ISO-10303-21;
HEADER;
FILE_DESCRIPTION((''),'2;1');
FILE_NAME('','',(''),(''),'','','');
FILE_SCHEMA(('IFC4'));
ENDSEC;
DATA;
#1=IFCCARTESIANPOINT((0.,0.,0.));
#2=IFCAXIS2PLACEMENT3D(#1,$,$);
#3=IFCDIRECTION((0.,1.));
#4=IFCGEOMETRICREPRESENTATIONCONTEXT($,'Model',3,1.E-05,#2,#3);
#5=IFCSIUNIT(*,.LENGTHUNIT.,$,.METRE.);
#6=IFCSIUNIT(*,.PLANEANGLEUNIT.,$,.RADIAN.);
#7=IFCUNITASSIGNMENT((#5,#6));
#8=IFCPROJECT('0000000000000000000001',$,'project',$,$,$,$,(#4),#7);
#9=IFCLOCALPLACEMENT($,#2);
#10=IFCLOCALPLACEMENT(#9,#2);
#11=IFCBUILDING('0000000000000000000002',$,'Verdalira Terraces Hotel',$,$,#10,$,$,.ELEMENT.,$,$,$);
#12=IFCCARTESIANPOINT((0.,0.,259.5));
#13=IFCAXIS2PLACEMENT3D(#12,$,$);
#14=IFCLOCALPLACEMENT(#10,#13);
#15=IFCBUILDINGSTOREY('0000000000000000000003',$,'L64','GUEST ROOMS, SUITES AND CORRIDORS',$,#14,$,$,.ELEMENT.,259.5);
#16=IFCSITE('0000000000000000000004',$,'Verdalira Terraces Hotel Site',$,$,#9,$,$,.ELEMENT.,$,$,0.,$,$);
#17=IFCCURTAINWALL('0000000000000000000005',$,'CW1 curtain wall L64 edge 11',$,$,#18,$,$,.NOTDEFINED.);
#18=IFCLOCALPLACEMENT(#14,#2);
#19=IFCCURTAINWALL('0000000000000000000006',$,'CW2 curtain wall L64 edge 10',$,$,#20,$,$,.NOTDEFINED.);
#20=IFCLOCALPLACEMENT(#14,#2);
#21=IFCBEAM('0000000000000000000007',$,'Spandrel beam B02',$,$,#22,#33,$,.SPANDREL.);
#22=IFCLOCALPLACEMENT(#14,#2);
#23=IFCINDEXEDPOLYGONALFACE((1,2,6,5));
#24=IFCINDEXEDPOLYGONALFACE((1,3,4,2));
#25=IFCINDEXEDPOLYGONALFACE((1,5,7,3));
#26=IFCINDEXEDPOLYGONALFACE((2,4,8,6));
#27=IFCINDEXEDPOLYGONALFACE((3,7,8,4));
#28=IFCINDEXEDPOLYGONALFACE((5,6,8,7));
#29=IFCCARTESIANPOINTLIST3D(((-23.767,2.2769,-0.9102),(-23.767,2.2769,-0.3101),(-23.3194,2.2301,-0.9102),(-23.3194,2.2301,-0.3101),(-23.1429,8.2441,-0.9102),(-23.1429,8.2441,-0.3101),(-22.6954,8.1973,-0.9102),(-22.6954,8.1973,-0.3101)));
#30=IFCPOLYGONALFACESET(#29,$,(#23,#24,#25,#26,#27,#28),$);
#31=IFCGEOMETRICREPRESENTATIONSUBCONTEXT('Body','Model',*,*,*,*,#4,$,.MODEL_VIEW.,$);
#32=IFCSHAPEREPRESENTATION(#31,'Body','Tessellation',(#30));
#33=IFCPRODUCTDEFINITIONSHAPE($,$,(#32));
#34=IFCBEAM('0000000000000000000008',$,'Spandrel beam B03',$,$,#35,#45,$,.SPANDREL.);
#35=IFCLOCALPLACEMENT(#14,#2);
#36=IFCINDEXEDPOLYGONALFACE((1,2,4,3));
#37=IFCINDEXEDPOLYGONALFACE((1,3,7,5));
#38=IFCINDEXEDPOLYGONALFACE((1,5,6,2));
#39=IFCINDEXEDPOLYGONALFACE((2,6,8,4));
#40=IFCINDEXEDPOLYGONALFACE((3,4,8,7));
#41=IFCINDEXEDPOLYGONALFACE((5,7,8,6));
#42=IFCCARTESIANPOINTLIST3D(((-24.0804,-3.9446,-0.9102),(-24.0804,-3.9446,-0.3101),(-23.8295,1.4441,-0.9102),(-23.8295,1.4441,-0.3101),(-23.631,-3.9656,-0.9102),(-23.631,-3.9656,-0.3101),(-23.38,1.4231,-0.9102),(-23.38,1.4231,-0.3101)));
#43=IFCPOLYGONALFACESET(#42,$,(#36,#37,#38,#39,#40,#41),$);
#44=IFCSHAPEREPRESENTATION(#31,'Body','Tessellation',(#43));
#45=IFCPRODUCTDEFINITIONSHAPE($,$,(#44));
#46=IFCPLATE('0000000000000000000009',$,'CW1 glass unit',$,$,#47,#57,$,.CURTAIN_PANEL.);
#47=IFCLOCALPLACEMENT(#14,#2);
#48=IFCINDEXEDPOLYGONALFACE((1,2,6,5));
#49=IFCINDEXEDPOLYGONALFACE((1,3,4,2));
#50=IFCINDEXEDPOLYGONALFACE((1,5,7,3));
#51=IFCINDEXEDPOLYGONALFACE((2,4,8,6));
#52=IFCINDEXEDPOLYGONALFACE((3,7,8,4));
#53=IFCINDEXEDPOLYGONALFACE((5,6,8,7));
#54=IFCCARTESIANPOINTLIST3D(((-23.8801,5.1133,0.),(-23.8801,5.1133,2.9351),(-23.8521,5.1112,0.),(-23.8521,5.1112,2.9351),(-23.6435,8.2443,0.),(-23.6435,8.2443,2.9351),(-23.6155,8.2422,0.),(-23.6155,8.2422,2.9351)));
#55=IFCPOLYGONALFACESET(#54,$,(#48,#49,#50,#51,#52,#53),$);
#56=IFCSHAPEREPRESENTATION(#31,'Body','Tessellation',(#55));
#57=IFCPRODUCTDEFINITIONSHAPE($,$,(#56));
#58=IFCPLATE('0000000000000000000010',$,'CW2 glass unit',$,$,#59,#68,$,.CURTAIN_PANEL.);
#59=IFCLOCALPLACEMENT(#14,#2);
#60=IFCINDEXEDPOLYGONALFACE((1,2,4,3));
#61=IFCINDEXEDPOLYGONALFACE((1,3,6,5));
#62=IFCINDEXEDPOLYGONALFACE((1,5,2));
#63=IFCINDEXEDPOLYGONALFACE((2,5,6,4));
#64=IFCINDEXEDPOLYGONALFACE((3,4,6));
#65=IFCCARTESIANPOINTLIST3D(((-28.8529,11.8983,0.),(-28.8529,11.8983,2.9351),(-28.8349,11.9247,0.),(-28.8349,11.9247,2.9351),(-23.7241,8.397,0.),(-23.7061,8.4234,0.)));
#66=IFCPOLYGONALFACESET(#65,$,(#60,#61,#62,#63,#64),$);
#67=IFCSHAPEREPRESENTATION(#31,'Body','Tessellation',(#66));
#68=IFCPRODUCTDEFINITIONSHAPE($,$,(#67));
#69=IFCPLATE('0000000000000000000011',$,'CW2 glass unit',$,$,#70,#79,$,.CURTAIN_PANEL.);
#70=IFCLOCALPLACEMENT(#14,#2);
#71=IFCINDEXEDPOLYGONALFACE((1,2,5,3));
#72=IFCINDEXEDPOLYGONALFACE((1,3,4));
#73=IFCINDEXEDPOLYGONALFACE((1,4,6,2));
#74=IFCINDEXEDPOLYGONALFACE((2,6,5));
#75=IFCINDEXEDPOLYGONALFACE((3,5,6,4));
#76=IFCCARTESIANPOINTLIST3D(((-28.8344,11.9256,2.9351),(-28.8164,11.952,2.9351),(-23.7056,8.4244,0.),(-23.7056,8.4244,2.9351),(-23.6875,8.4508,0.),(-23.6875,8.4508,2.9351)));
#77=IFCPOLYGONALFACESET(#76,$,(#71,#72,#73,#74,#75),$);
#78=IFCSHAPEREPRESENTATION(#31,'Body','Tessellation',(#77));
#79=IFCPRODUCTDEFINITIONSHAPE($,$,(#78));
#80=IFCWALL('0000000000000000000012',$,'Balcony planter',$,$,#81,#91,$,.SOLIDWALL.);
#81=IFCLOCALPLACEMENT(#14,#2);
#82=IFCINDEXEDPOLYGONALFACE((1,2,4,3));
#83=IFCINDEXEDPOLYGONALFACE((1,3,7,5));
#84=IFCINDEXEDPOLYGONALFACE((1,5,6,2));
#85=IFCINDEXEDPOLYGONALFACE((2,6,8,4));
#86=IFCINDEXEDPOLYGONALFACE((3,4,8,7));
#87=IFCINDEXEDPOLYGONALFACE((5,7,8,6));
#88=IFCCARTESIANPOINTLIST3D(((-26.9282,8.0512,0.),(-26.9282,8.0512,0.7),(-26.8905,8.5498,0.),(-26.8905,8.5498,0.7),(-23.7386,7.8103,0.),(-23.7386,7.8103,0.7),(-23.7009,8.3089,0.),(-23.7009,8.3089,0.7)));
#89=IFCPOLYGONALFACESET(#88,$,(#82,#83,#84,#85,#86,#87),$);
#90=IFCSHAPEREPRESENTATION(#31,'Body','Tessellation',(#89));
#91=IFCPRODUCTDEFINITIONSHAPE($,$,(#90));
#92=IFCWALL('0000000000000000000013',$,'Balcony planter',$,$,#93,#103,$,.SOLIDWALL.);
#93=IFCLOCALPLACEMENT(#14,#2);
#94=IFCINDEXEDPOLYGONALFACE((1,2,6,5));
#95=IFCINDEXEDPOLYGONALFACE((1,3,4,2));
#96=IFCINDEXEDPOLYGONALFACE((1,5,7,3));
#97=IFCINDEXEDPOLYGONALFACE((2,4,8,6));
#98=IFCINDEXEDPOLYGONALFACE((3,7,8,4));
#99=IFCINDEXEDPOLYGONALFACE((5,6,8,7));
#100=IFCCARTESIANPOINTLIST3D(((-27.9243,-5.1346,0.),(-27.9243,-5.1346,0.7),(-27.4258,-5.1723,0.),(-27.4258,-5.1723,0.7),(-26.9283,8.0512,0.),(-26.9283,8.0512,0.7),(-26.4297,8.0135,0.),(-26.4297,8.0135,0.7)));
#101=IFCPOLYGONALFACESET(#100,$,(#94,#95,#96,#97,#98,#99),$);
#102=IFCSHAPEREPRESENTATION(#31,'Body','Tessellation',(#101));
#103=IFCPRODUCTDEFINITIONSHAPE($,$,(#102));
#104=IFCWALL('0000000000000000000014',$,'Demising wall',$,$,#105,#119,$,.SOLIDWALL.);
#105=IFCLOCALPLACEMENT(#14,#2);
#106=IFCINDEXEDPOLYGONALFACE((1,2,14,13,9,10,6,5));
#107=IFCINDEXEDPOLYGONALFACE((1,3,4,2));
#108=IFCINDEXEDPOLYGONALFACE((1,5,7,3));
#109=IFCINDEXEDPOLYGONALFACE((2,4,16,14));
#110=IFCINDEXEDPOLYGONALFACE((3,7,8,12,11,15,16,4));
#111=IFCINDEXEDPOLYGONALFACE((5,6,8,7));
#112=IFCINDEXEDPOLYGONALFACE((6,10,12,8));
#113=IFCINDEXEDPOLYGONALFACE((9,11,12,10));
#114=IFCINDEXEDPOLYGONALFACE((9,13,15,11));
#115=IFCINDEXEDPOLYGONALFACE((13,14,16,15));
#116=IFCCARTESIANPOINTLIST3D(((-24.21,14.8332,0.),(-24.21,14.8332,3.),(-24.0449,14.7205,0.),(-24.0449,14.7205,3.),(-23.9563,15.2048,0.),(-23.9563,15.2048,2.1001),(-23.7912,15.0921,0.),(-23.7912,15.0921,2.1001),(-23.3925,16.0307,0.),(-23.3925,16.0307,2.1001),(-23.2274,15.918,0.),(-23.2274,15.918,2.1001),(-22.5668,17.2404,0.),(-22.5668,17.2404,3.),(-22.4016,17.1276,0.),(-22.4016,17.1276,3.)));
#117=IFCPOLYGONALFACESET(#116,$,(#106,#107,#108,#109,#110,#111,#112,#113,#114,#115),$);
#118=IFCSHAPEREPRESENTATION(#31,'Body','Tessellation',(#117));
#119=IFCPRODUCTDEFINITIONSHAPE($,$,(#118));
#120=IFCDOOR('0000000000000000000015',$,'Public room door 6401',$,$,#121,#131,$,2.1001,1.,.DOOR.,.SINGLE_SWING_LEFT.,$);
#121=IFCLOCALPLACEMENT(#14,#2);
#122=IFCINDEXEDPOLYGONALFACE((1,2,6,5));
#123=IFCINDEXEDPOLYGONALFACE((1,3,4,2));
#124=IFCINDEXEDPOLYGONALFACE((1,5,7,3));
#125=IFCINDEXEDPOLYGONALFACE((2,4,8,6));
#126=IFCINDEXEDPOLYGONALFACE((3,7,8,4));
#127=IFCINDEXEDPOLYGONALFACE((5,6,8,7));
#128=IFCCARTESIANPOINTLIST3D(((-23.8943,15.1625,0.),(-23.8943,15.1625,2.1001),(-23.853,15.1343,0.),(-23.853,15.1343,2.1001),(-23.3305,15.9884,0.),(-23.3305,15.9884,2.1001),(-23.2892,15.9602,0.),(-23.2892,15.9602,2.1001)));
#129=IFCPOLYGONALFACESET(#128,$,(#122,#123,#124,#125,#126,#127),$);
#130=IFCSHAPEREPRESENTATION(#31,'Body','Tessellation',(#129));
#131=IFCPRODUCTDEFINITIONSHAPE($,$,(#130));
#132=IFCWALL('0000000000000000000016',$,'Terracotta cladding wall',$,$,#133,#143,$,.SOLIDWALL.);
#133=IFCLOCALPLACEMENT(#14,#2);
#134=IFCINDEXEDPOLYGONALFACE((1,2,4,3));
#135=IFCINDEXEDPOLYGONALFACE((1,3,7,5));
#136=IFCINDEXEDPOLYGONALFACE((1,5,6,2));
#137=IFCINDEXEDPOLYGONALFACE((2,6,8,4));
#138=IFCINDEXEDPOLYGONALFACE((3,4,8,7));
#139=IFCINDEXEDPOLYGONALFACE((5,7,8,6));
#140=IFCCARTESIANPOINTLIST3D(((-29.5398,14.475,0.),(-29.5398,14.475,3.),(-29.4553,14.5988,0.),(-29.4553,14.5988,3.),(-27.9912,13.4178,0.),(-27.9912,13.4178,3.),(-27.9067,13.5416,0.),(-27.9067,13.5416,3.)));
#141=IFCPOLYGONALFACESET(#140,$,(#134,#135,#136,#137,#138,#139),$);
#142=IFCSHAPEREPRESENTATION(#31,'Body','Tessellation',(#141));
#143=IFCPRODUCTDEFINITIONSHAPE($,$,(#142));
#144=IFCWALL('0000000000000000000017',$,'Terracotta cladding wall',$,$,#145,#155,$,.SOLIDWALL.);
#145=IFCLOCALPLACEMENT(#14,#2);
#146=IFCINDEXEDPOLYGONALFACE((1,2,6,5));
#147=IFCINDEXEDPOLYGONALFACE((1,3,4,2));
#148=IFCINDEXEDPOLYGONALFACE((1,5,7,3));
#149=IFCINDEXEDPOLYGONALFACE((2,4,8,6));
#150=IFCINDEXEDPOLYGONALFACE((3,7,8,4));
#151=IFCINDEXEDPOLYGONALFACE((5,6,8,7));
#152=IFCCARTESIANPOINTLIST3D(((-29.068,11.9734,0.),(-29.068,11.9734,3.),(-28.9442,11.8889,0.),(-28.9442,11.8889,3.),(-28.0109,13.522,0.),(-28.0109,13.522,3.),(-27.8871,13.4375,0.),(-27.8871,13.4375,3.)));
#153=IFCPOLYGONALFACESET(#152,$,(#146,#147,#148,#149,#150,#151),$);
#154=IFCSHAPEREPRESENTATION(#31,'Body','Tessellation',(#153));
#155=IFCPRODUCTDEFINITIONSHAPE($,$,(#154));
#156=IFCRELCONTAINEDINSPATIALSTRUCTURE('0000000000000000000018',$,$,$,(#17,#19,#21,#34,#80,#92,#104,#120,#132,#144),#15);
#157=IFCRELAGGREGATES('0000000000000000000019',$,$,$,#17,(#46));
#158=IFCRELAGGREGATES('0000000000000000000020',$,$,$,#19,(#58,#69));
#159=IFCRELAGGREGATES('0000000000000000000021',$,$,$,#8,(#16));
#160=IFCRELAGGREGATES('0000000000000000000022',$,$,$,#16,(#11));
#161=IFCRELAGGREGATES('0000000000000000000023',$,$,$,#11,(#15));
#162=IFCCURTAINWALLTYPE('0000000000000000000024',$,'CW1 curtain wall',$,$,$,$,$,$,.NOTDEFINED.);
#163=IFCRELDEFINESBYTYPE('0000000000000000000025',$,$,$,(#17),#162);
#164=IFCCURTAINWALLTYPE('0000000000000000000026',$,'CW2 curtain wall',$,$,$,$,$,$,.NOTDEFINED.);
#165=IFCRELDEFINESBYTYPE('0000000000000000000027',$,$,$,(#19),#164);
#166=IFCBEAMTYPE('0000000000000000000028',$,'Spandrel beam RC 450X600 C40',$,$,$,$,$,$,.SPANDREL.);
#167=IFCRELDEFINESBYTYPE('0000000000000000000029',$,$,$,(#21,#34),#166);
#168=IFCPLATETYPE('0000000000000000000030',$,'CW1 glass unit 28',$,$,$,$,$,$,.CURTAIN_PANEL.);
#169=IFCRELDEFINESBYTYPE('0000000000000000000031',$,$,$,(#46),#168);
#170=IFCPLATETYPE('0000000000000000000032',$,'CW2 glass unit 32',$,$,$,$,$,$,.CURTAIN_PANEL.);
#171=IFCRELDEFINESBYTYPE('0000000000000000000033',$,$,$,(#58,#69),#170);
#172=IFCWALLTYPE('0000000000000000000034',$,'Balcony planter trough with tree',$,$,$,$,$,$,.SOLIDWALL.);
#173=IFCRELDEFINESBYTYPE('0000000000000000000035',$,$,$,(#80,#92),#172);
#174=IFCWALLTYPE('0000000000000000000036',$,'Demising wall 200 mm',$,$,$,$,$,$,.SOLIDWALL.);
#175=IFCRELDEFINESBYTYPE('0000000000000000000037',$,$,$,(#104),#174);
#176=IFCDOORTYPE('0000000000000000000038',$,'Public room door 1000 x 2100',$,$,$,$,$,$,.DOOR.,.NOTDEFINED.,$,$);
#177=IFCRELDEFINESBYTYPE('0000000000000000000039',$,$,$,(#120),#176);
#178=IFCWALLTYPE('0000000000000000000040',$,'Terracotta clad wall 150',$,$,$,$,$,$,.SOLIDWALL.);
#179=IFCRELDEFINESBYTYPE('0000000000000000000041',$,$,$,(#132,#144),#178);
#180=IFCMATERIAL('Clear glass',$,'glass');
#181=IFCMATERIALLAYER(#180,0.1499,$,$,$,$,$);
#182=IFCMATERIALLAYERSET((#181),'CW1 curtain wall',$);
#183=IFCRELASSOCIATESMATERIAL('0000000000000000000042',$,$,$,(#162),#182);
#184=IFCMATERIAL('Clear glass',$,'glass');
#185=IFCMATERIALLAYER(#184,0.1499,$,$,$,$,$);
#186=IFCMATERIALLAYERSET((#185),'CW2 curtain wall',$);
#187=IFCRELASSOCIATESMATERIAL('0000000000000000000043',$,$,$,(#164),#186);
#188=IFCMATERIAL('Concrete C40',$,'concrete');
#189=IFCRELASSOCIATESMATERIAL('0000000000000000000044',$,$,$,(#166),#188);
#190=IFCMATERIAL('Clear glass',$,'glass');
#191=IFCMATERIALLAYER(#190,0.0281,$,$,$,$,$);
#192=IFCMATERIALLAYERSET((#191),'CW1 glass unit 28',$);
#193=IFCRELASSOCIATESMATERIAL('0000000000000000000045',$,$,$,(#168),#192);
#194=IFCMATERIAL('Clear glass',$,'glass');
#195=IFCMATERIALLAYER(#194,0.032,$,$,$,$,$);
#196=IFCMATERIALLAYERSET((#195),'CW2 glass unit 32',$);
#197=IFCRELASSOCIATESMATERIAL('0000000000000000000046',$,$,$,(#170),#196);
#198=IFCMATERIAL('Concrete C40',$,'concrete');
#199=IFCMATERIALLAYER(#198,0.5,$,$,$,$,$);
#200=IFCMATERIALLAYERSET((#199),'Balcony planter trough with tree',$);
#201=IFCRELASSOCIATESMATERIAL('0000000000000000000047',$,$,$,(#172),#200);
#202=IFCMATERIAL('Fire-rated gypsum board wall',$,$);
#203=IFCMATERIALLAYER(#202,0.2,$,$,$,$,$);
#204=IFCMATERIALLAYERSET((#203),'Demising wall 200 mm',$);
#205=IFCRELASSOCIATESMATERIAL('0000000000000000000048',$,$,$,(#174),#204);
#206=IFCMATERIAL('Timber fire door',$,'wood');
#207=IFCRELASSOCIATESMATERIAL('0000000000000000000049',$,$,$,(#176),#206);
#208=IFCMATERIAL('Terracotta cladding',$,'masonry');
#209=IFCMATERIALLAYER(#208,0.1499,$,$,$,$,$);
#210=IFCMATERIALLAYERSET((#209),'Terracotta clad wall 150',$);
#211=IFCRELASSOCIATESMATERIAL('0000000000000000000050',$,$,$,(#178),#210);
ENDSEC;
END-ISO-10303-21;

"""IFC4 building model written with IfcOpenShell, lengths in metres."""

from ifc_helpers import new_model, si_unit, direction, frame, frame_2d, origin, origin_2d, place, context, subcontext, project, spatial, polyline, rectangle, outline, extrude, material, layer, layer_set, material_profile, profile_set, type_object, element, fill, aggregate, save


model = new_model("IFC4")

# Units and contexts
model_context = context("Model", 3, precision=1e-05, world=origin(), true_north=direction((0.0, 1.0)))
body_context = subcontext(model_context, "Body", "Model", "MODEL_VIEW")
ifc_project = project(units=[si_unit("LENGTHUNIT", "METRE"), si_unit("PLANEANGLEUNIT", "RADIAN")], contexts=[model_context])

# Site, building, storey
site_placement = place(None, origin())
site = spatial("IfcSite", under=ifc_project, at=site_placement, Name="Verdalira Terraces Hotel Site", CompositionType="ELEMENT", RefElevation=0.0)
building_placement = place(site_placement, origin())
building = spatial("IfcBuilding", under=site, at=building_placement, Name="Verdalira Terraces Hotel", CompositionType="ELEMENT")
storey_placement = place(building_placement, frame((0.0, 0.0, 259.5)))
storey = spatial("IfcBuildingStorey", under=building, at=storey_placement, Name="L64", Description="GUEST ROOMS, SUITES AND CORRIDORS", CompositionType="ELEMENT", Elevation=259.5)

# Curtain walls
ifc_material_1 = material(Name="Clear glass", Category="glass")
ifc_layer_1 = layer(ifc_material_1, 0.1499)
ifc_layer_set_1 = layer_set([ifc_layer_1], Name="CW1 curtain wall")
curtain_wall_type_1 = type_object("IfcCurtainWallType", Name="CW1 curtain wall", PredefinedType="NOTDEFINED", material=ifc_layer_set_1)
curtain_wall_1_placement = place(storey_placement, origin())
curtain_wall_1 = element("IfcCurtainWall", 1, at=curtain_wall_1_placement, inside=storey, type_object=curtain_wall_type_1, Name="CW1 curtain wall L64 edge 11", PredefinedType="NOTDEFINED")
ifc_material_2 = material(Name="Clear glass", Category="glass")
ifc_layer_2 = layer(ifc_material_2, 0.1499)
ifc_layer_set_2 = layer_set([ifc_layer_2], Name="CW2 curtain wall")
curtain_wall_type_2 = type_object("IfcCurtainWallType", Name="CW2 curtain wall", PredefinedType="NOTDEFINED", material=ifc_layer_set_2)
curtain_wall_2_placement = place(storey_placement, origin())
curtain_wall_2 = element("IfcCurtainWall", 2, at=curtain_wall_2_placement, inside=storey, type_object=curtain_wall_type_2, Name="CW2 curtain wall L64 edge 10", PredefinedType="NOTDEFINED")

# Beams
ifc_material_3 = material(Name="Concrete C40", Category="concrete")
ifc_material_profile_1 = material_profile(ifc_material_3, rectangle(XDim=0.45, YDim=0.6001, at=origin_2d()), Name="RC 450X600")
ifc_profile_set_1 = profile_set([ifc_material_profile_1], Name="Concrete C40")
beam_type_1 = type_object("IfcBeamType", Name="Spandrel beam RC 450X600 C40", PredefinedType="SPANDREL", material=ifc_profile_set_1)
beam_1_placement = place(storey_placement, frame((-22.9192, 8.2207, -0.6101), z_axis=(-0.104007, -0.994577, 0.0), x_axis=(0.994577, -0.104007, 0.0)))
element("IfcBeam", 3, at=beam_1_placement, inside=storey, type_object=beam_type_1, Name="Spandrel beam B02", PredefinedType="SPANDREL", context=body_context, shape_type="SweptSolid", body=[
    extrude(rectangle(XDim=0.45, YDim=0.6001, at=origin_2d()), origin(), (0.0, 0.0, 1.0), 5.9998),
])
beam_2_placement = place(storey_placement, frame((-23.6047, 1.4336, -0.6101), z_axis=(-0.046524, -0.998917, 0.0), x_axis=(0.998917, -0.046524, 0.0)))
element("IfcBeam", 4, at=beam_2_placement, inside=storey, type_object=beam_type_1, Name="Spandrel beam B03", PredefinedType="SPANDREL", context=body_context, shape_type="SweptSolid", body=[
    extrude(rectangle(XDim=0.45, YDim=0.6001, at=origin_2d()), origin(), (0.0, 0.0, 1.0), 5.3945),
])

# Plates
ifc_material_4 = material(Name="Clear glass", Category="glass")
ifc_layer_3 = layer(ifc_material_4, 0.0281)
ifc_layer_set_3 = layer_set([ifc_layer_3], Name="CW1 glass unit 28")
plate_type_1 = type_object("IfcPlateType", Name="CW1 glass unit 28", PredefinedType="CURTAIN_PANEL", material=ifc_layer_set_3)
plate_1_placement = place(storey_placement, frame((-23.7478, 6.6777, 0.0), z_axis=(0.0, 0.0, 1.0), x_axis=(-0.075327, -0.997159, 0.0)))
plate_1 = element("IfcPlate", 5, at=plate_1_placement, type_object=plate_type_1, Name="CW1 glass unit", PredefinedType="CURTAIN_PANEL", context=body_context, shape_type="SweptSolid", body=[
    extrude(rectangle(XDim=3.1399, YDim=0.0281, at=origin_2d()), origin(), (0.0, 0.0, 1.0), 2.9351),
])
aggregate(curtain_wall_1, [plate_1])
ifc_material_5 = material(Name="Clear glass", Category="glass")
ifc_layer_4 = layer(ifc_material_5, 0.032)
ifc_layer_set_4 = layer_set([ifc_layer_4], Name="CW2 glass unit 32")
plate_type_2 = type_object("IfcPlateType", Name="CW2 glass unit 32", PredefinedType="CURTAIN_PANEL", material=ifc_layer_set_4)
plate_2_placement = place(storey_placement, frame((-26.2705, 10.1741, 1.4675), z_axis=(-0.563814, -0.825902, 0.0), x_axis=(0.825902, -0.563814, 0.0)))
plate_2 = element("IfcPlate", 6, at=plate_2_placement, type_object=plate_type_2, Name="CW2 glass unit", PredefinedType="CURTAIN_PANEL", context=body_context, shape_type="SweptSolid", body=[
    extrude(outline(polyline([(-3.105, -1.4675), (3.105, -1.4675), (-3.105, 1.4675), (-3.105, -1.4675)])), origin(), (0.0, 0.0, 1.0), 0.032),
])
plate_3_placement = place(storey_placement, frame((-26.252, 10.2014, 1.4675), z_axis=(-0.563814, -0.825902, 0.0), x_axis=(0.825902, -0.563814, 0.0)))
plate_3 = element("IfcPlate", 7, at=plate_3_placement, type_object=plate_type_2, Name="CW2 glass unit", PredefinedType="CURTAIN_PANEL", context=body_context, shape_type="SweptSolid", body=[
    extrude(outline(polyline([(3.105, -1.4675), (3.105, 1.4675), (-3.105, 1.4675), (3.105, -1.4675)])), origin(), (0.0, 0.0, 1.0), 0.032),
])
aggregate(curtain_wall_2, [plate_2, plate_3])

# Walls
ifc_material_6 = material(Name="Concrete C40", Category="concrete")
ifc_layer_5 = layer(ifc_material_6, 0.5)
ifc_layer_set_5 = layer_set([ifc_layer_5], Name="Balcony planter trough with tree")
wall_type_1 = type_object("IfcWallType", Name="Balcony planter trough with tree", PredefinedType="SOLIDWALL", material=ifc_layer_set_5)
wall_1_placement = place(storey_placement, frame((-23.7197, 8.0596, 0.0), z_axis=(0.0, 0.0, 1.0), x_axis=(-0.997159, 0.075331, 0.0)))
element("IfcWall", 8, at=wall_1_placement, inside=storey, type_object=wall_type_1, Name="Balcony planter", PredefinedType="SOLIDWALL", context=body_context, shape_type="SweptSolid", body=[
    extrude(rectangle(XDim=3.1987, YDim=0.5, at=frame_2d((1.5994, 0.0))), origin(), (0.0, 0.0, 1.0), 0.7),
])
wall_2_placement = place(storey_placement, frame((-26.679, 8.0325, 0.0), z_axis=(0.0, 0.0, 1.0), x_axis=(-0.075328, -0.997159, 0.0)))
element("IfcWall", 9, at=wall_2_placement, inside=storey, type_object=wall_type_1, Name="Balcony planter", PredefinedType="SOLIDWALL", context=body_context, shape_type="SweptSolid", body=[
    extrude(rectangle(XDim=13.2234, YDim=0.5, at=frame_2d((6.6118, 0.0))), origin(), (0.0, 0.0, 1.0), 0.7),
])

# Wall, opening, door
ifc_material_7 = material(Name="Fire-rated gypsum board wall")
ifc_layer_6 = layer(ifc_material_7, 0.2)
ifc_layer_set_6 = layer_set([ifc_layer_6], Name="Demising wall 200 mm")
wall_type_2 = type_object("IfcWallType", Name="Demising wall 200 mm", PredefinedType="SOLIDWALL", material=ifc_layer_set_6)
wall_3_placement = place(storey_placement, frame((-24.1274, 14.7769, 0.0), z_axis=(0.0, 0.0, 1.0), x_axis=(0.56381, 0.825905, 0.0)))
wall_3 = element("IfcWall", 10, at=wall_3_placement, inside=storey, type_object=wall_type_2, Name="Demising wall", PredefinedType="SOLIDWALL", context=body_context, shape_type="SweptSolid", body=[
    extrude(rectangle(XDim=2.9146, YDim=0.2, at=frame_2d((1.4573, 0.0))), origin(), (0.0, 0.0, 1.0), 3.0),
])
opening_1_placement = place(wall_3_placement, frame((0.45, 0.0, 0.0)))
opening_1 = element("IfcOpeningElement", 11, at=opening_1_placement, cuts=wall_3, PredefinedType="OPENING", context=body_context, shape_type="SweptSolid", body=[
    extrude(rectangle(XDim=1.0, YDim=2.1001, at=frame_2d((0.5, 1.05))), frame((0.0, 0.1099, 0.0), z_axis=(0.0, -1.0, 0.0), x_axis=(1.0, 0.0, 0.0)), (0.0, 0.0, 1.0), 0.22),
])
ifc_material_8 = material(Name="Timber fire door", Category="wood")
door_type_1 = type_object("IfcDoorType", Name="Public room door 1000 x 2100", OperationType="NOTDEFINED", PredefinedType="DOOR", material=ifc_material_8)
door_1_placement = place(opening_1_placement, origin())
door_1 = element("IfcDoor", 12, at=door_1_placement, inside=storey, type_object=door_type_1, Name="Public room door 6401", OperationType="SINGLE_SWING_LEFT", OverallHeight=2.1001, OverallWidth=1.0, PredefinedType="DOOR", context=body_context, shape_type="SweptSolid", body=[
    extrude(rectangle(XDim=1.0, YDim=2.1001, at=frame_2d((0.5, 1.05))), frame((0.0, 0.0249, 0.0), z_axis=(0.0, -1.0, 0.0), x_axis=(1.0, 0.0, 0.0)), (0.0, 0.0, 1.0), 0.05),
])
fill(opening_1, door_1)

# Walls
ifc_material_9 = material(Name="Terracotta cladding", Category="masonry")
ifc_layer_7 = layer(ifc_material_9, 0.1499)
ifc_layer_set_7 = layer_set([ifc_layer_7], Name="Terracotta clad wall 150")
wall_type_3 = type_object("IfcWallType", Name="Terracotta clad wall 150", PredefinedType="SOLIDWALL", material=ifc_layer_set_7)
for number, where, z_axis, x_axis, name in (
    (13, (-29.4976, 14.5369, 0.0), (0.0, 0.0, 1.0), (0.82591, -0.563801, 0.0), "Terracotta cladding wall"),
    (14, (-27.949, 13.4797, 0.0), (0.0, 0.0, 1.0), (-0.563801, -0.82591, 0.0), "Terracotta cladding wall"),
):
    element("IfcWall", number, at=place(storey_placement, frame(where, z_axis=z_axis, x_axis=x_axis)), inside=storey, type_object=wall_type_3, Name=name, PredefinedType="SOLIDWALL", context=body_context, shape_type="SweptSolid", body=[
        extrude(rectangle(XDim=1.875, YDim=0.1499, at=frame_2d((0.9375, 0.0))), origin(), (0.0, 0.0, 1.0), 3.0),
    ])

save(model, "model.ifc")
